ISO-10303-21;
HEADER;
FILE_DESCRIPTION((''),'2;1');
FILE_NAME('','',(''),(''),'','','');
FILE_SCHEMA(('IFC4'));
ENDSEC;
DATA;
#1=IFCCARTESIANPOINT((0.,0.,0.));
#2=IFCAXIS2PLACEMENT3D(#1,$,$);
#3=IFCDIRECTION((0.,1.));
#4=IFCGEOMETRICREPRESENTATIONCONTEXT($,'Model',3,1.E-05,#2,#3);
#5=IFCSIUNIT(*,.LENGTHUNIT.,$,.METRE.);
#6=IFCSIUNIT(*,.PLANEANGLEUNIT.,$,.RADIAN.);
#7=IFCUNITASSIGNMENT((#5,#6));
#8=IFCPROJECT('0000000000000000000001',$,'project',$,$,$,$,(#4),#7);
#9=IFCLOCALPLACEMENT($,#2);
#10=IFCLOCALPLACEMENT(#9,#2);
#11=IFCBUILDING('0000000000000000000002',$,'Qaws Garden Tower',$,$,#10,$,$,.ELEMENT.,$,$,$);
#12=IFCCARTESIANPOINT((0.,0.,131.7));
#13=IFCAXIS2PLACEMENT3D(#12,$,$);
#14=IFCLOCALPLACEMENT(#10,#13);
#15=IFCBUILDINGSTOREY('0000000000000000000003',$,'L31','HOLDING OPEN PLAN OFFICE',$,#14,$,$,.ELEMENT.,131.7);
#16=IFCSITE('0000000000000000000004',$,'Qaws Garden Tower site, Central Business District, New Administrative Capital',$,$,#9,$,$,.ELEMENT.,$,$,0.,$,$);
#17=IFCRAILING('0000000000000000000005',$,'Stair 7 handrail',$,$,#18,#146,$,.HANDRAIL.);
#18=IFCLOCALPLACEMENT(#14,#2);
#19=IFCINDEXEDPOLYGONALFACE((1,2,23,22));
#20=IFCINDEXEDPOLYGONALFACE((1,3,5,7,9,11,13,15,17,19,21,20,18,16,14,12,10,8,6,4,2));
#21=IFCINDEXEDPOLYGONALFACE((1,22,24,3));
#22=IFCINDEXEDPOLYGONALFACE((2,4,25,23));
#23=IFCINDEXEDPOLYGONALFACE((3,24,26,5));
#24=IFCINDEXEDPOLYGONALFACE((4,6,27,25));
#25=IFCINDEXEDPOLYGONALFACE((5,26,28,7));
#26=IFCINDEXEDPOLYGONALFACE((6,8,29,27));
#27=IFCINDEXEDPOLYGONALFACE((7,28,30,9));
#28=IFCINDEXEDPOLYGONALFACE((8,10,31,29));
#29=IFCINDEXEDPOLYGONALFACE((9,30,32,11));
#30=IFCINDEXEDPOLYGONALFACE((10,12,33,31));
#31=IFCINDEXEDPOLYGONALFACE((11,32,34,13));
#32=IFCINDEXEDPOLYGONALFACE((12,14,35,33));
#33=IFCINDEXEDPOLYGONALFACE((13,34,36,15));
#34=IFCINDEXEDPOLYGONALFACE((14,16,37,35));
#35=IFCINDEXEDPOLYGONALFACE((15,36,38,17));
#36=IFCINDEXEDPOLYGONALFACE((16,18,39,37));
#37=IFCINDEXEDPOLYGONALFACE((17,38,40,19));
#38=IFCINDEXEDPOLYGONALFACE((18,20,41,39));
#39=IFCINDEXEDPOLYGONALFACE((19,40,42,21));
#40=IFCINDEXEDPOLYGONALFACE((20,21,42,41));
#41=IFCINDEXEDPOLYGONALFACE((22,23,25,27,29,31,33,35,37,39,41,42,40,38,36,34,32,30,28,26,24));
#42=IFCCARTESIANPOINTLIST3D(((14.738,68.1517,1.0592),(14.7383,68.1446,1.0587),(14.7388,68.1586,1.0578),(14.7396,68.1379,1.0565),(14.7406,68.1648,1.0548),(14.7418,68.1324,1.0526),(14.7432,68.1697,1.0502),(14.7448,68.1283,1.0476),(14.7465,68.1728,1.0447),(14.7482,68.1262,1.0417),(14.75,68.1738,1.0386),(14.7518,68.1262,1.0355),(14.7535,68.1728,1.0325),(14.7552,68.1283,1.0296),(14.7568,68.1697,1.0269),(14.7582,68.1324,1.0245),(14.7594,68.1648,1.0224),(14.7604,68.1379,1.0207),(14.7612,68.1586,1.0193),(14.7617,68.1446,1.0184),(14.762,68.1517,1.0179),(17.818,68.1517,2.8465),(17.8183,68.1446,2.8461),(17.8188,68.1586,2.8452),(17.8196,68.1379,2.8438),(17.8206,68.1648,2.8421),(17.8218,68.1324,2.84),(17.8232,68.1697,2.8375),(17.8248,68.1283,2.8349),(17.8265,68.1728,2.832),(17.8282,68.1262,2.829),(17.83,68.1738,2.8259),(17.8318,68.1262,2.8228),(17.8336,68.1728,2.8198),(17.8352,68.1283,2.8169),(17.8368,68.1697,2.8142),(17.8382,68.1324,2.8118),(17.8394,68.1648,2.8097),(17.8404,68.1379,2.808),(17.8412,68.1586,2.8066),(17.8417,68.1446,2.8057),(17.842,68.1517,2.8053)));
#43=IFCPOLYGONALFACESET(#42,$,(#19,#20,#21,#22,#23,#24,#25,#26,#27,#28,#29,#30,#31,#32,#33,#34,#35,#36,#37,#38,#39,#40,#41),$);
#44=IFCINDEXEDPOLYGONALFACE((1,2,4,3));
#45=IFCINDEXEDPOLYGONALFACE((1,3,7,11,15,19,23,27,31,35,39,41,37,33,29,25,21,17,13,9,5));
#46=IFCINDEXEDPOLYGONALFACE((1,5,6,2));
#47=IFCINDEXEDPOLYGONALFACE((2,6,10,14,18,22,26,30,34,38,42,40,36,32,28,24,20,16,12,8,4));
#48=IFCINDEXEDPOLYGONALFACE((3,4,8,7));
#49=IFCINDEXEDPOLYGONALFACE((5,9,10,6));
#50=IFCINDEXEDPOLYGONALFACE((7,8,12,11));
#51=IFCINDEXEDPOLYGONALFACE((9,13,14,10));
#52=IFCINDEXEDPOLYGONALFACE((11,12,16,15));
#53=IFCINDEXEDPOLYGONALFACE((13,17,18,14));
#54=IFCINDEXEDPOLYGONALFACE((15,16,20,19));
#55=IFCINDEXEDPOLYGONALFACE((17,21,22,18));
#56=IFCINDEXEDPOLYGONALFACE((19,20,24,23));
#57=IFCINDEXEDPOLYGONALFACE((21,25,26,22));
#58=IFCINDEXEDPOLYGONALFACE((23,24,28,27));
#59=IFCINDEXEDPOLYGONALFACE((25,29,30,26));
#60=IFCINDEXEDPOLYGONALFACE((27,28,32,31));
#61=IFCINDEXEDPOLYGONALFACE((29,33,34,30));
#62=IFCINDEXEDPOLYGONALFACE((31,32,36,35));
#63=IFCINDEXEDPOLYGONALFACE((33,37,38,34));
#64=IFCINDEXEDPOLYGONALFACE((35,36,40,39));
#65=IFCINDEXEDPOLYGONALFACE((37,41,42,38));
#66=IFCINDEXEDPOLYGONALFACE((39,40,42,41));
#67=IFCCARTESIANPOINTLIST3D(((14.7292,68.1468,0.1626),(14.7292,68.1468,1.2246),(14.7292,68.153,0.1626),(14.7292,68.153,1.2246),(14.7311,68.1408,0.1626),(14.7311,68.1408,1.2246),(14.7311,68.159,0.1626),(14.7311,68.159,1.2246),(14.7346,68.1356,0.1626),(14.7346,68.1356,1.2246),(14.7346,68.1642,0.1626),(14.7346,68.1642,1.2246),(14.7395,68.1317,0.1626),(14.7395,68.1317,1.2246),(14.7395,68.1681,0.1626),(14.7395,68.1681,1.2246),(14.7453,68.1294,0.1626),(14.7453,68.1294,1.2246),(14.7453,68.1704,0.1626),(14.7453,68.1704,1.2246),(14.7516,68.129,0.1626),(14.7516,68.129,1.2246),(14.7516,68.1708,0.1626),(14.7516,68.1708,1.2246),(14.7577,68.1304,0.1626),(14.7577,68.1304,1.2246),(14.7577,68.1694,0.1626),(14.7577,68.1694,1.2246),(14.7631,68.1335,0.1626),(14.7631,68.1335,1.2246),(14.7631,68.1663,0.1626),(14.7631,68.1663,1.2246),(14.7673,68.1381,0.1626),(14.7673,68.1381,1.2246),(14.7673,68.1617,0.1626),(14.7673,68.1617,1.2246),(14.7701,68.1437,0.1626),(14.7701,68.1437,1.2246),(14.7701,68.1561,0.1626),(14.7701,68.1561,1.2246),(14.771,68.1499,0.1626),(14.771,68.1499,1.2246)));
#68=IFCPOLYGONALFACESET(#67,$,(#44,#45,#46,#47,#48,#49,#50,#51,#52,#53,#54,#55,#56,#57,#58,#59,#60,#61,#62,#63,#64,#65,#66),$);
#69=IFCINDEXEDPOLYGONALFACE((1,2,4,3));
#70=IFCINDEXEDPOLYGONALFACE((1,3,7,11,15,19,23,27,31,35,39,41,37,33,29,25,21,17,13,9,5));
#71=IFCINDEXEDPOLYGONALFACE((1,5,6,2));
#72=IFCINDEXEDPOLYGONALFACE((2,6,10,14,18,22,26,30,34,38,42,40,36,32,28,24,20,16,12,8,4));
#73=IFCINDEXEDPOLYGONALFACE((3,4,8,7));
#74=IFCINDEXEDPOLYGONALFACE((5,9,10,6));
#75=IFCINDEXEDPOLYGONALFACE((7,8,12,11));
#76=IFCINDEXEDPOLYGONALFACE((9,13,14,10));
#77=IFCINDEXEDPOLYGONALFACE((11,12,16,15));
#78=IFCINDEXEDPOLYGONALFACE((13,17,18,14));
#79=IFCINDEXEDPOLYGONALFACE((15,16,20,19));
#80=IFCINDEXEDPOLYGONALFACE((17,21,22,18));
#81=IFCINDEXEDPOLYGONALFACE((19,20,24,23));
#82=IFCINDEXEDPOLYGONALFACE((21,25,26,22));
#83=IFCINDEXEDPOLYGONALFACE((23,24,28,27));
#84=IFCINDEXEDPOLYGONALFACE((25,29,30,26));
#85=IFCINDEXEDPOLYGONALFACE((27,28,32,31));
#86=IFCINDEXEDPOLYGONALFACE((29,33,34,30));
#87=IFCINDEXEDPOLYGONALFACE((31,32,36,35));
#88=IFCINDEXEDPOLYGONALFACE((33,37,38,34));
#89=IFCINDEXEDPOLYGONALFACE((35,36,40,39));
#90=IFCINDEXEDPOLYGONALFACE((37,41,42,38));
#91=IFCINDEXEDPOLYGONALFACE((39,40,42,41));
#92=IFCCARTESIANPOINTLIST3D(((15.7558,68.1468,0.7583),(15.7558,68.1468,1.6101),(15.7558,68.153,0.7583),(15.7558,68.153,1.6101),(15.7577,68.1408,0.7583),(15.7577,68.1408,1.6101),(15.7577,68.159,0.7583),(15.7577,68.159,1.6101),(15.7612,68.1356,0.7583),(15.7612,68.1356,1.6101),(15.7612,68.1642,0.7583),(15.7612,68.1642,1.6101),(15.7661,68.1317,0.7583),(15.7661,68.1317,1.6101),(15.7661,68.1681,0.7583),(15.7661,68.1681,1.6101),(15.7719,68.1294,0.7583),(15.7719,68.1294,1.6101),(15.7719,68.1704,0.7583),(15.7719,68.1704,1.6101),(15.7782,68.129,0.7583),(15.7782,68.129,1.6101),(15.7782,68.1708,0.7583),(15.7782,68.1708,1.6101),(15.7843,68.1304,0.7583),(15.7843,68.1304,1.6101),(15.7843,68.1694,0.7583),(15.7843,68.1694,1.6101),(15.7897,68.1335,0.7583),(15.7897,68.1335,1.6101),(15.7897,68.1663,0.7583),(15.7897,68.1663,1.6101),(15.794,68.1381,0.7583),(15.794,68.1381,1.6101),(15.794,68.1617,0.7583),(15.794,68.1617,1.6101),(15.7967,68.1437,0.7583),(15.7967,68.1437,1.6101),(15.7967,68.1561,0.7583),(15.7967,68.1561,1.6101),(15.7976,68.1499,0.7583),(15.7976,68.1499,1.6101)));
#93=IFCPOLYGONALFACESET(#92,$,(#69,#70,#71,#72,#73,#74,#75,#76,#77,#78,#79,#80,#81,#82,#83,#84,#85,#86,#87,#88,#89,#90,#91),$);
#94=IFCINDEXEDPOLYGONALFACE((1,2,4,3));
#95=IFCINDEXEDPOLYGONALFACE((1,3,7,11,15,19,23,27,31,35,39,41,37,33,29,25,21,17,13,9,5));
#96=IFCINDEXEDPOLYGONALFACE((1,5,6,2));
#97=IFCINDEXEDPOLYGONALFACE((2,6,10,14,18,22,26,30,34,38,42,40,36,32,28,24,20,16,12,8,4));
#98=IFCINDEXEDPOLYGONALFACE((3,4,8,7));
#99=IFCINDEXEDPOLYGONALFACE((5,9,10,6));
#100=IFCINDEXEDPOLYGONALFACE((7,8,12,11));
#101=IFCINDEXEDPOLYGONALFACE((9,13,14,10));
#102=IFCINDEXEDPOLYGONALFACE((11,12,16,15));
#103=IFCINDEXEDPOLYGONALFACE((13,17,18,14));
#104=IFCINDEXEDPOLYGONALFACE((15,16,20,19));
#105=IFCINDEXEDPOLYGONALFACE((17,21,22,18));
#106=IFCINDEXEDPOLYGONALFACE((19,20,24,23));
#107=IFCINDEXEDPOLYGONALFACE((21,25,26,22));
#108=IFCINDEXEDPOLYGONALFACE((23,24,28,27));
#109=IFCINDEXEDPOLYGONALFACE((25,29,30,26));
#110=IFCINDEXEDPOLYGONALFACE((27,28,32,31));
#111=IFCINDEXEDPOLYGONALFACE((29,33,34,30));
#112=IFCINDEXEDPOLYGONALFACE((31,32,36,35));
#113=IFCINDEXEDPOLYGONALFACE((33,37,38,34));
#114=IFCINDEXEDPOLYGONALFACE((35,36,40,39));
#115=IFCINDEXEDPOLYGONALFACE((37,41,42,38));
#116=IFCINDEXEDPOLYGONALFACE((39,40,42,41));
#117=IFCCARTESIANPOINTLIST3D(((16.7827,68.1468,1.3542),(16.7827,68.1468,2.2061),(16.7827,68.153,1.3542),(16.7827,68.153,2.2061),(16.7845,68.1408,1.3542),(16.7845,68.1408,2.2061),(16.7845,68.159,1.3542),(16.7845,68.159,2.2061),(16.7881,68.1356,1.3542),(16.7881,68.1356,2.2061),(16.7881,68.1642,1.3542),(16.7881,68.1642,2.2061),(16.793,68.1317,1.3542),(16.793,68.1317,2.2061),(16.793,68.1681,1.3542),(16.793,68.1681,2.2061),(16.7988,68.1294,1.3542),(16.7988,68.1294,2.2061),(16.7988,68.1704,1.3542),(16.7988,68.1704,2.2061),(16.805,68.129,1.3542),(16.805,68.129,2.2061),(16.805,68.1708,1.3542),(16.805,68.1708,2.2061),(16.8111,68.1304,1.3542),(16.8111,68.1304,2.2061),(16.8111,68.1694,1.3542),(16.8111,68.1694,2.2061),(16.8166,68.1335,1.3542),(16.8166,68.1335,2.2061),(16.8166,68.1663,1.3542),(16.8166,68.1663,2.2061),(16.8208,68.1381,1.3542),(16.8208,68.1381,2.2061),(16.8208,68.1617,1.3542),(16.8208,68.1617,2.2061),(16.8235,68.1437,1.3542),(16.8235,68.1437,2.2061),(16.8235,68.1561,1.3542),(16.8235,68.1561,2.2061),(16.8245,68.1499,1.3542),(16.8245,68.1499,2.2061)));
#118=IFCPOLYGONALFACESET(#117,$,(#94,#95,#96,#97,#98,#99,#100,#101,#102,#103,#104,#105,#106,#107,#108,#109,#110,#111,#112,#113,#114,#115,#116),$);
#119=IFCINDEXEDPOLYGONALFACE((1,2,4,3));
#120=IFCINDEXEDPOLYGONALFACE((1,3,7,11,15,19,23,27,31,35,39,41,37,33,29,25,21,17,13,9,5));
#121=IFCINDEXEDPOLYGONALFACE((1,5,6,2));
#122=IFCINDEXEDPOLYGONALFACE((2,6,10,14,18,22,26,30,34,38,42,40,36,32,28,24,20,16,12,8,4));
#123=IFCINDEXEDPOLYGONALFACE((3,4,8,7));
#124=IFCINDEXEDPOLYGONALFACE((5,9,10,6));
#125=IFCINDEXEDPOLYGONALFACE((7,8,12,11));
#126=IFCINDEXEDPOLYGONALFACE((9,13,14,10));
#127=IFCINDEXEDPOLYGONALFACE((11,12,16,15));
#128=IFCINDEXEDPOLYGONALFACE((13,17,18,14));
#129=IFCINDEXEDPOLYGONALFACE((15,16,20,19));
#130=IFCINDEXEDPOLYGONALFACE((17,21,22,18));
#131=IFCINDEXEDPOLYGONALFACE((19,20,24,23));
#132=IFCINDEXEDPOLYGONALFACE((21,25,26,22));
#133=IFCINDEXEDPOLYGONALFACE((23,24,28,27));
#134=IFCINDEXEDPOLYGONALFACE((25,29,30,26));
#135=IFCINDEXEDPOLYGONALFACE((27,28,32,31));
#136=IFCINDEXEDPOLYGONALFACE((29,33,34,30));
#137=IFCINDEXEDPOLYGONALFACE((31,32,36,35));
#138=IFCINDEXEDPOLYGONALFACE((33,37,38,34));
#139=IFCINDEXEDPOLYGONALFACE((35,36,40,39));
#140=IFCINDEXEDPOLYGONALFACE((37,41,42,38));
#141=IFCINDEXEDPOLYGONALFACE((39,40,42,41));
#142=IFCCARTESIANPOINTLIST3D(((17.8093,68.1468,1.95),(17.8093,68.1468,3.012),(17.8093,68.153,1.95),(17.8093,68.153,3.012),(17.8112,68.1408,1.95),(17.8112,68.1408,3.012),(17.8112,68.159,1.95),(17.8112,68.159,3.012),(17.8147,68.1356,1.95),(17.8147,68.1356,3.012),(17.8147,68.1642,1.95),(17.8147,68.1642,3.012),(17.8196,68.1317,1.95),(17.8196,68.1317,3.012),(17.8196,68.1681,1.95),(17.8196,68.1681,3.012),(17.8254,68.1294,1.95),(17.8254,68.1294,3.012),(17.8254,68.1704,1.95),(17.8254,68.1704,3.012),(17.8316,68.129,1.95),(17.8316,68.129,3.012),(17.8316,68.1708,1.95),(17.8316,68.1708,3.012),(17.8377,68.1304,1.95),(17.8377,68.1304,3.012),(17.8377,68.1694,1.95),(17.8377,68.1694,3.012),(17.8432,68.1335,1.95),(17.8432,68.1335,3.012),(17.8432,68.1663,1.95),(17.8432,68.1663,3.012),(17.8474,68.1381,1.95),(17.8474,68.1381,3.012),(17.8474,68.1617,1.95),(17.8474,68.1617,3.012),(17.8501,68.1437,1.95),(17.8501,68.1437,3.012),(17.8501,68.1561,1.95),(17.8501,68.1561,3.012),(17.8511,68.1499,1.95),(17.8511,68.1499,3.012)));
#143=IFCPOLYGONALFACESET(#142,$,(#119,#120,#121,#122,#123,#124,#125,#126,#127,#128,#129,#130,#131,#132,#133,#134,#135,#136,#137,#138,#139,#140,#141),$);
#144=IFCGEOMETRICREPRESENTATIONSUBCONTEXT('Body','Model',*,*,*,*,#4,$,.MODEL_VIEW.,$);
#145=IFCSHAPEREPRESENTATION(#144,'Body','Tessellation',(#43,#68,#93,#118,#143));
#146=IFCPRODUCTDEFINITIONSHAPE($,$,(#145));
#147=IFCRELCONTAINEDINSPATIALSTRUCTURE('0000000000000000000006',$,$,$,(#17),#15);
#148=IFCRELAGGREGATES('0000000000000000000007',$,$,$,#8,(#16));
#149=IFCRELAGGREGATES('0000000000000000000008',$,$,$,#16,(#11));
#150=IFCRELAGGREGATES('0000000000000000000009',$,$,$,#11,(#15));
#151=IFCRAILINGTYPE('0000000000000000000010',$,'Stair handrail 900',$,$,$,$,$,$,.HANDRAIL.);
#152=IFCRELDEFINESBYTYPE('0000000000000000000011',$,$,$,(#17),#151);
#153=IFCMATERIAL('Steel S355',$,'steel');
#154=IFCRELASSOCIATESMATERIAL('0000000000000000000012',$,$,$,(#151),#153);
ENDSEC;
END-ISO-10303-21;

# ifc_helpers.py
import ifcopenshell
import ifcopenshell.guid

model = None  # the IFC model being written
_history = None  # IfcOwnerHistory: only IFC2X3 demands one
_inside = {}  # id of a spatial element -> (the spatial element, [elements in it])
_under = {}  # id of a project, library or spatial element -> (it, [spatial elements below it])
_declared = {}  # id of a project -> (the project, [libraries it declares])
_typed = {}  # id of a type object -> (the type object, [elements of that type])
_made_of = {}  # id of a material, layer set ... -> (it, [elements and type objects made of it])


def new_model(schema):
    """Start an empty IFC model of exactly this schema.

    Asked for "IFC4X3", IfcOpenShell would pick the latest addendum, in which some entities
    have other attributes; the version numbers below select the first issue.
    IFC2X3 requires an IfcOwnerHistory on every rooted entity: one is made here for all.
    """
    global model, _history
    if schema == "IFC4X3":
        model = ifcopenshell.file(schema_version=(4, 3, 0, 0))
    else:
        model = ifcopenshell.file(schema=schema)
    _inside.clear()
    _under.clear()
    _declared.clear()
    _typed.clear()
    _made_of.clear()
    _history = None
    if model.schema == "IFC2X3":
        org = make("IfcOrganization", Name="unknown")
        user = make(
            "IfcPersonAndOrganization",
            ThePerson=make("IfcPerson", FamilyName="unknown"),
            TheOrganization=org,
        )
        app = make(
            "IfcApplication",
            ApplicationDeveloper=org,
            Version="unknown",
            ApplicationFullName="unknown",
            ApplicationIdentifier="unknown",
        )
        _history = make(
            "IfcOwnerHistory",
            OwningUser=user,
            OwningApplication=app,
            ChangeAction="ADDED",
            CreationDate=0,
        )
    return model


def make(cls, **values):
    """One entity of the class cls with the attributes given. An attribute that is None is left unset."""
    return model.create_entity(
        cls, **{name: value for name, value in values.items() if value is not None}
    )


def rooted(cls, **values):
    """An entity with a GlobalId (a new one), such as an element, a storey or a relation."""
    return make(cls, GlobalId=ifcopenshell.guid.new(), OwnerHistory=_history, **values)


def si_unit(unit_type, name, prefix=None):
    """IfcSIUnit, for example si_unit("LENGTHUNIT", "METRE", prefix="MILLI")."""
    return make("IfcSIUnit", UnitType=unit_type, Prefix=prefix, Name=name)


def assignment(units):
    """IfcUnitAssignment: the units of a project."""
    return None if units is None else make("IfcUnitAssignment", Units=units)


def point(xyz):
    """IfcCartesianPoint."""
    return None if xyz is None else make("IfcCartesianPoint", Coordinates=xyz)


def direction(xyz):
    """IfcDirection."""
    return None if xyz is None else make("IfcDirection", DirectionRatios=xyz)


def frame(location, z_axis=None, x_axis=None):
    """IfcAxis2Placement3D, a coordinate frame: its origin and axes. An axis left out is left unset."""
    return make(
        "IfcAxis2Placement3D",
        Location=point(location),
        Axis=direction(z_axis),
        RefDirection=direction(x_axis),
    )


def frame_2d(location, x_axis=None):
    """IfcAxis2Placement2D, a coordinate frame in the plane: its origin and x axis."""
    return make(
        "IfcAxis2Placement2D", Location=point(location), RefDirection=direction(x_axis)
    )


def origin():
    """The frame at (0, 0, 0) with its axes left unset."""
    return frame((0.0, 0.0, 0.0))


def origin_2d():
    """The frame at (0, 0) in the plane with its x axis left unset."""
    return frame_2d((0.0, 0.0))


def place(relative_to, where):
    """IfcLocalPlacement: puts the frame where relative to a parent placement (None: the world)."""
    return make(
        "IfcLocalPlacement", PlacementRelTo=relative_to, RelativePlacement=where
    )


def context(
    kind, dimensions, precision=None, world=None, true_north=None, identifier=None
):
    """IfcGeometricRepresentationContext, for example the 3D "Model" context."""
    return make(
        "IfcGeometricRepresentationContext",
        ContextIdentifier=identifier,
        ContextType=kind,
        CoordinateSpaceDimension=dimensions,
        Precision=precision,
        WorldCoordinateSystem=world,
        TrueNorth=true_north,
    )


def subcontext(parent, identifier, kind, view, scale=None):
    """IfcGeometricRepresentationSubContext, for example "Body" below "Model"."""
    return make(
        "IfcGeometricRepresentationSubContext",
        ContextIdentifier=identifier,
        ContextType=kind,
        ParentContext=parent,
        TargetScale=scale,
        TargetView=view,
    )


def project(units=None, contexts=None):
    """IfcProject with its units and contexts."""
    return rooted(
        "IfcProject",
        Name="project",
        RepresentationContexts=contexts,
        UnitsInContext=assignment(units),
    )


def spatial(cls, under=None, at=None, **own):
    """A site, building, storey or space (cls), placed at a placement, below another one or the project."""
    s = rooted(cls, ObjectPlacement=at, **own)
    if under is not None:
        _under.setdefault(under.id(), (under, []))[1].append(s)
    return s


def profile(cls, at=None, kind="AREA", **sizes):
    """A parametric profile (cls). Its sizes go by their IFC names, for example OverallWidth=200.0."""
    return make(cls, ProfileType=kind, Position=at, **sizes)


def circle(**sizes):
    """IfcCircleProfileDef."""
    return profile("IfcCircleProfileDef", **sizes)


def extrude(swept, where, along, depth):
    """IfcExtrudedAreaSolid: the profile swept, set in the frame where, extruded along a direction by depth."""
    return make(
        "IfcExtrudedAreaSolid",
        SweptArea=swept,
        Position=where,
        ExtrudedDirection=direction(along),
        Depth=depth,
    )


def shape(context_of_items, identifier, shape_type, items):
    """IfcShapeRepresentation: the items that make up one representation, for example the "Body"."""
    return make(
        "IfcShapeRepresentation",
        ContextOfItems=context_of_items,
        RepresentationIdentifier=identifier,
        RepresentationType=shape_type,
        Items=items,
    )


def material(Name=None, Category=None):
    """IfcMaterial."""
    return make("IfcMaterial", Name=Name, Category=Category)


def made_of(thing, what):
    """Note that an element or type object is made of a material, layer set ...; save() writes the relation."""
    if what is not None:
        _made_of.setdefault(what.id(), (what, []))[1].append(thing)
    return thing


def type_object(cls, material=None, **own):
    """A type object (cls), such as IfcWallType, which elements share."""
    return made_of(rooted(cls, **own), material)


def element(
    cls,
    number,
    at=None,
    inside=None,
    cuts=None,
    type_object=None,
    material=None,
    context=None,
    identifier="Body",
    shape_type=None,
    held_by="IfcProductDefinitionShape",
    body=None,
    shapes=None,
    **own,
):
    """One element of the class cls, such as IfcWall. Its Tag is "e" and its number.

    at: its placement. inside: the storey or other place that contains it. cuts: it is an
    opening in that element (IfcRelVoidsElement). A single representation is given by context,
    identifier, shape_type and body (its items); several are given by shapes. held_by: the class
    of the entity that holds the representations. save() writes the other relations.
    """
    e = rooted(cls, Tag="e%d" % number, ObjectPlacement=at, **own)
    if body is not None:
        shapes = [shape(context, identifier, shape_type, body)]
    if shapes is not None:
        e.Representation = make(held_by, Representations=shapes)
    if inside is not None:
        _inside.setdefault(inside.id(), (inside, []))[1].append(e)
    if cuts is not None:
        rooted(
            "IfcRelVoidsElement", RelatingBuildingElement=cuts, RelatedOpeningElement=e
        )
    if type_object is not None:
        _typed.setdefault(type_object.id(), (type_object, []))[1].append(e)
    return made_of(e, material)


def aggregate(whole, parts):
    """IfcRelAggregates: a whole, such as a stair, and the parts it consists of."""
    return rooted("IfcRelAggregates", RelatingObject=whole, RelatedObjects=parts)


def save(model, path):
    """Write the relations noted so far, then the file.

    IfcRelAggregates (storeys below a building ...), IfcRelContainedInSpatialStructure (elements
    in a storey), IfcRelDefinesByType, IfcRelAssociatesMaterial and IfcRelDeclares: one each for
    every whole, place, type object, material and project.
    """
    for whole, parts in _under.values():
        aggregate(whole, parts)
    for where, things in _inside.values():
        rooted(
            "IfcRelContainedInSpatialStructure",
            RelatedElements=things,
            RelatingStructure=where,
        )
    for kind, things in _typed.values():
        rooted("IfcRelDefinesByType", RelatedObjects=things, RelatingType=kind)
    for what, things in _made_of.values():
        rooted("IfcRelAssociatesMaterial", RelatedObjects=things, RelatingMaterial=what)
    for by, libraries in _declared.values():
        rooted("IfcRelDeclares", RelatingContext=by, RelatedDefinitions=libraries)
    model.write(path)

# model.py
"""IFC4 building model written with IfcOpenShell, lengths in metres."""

from ifc_helpers import new_model, si_unit, direction, frame, origin, origin_2d, place, context, subcontext, project, spatial, circle, extrude, material, type_object, element, save


model = new_model("IFC4")

# Units and contexts
model_context = context("Model", 3, precision=1e-05, world=origin(), true_north=direction((0.0, 1.0)))
body_context = subcontext(model_context, "Body", "Model", "MODEL_VIEW")
ifc_project = project(units=[si_unit("LENGTHUNIT", "METRE"), si_unit("PLANEANGLEUNIT", "RADIAN")], contexts=[model_context])

# Site, building, storey
site_placement = place(None, origin())
site = spatial("IfcSite", under=ifc_project, at=site_placement, Name="Qaws Garden Tower site, Central Business District, New Administrative Capital", CompositionType="ELEMENT", RefElevation=0.0)
building_placement = place(site_placement, origin())
building = spatial("IfcBuilding", under=site, at=building_placement, Name="Qaws Garden Tower", CompositionType="ELEMENT")
storey_placement = place(building_placement, frame((0.0, 0.0, 131.7)))
storey = spatial("IfcBuildingStorey", under=building, at=storey_placement, Name="L31", Description="HOLDING OPEN PLAN OFFICE", CompositionType="ELEMENT", Elevation=131.7)

# Railing
ifc_material_1 = material(Name="Steel S355", Category="steel")
railing_type = type_object("IfcRailingType", Name="Stair handrail 900", PredefinedType="HANDRAIL", material=ifc_material_1)
railing_1_placement = place(storey_placement, frame((14.75, 68.1499, 0.1626)))
element("IfcRailing", 1, at=railing_1_placement, inside=storey, type_object=railing_type, Name="Stair 7 handrail", PredefinedType="HANDRAIL", context=body_context, shape_type="SweptSolid", body=[
    extrude(circle(Radius=0.0239, at=origin_2d()), frame((0.0, 0.0, 0.876), z_axis=(0.86492, 0.0, 0.501909), x_axis=(0.0, 1.0, 0.0)), (0.0, 0.0, 1.0), 3.561),
    extrude(circle(Radius=0.021, at=origin_2d()), origin(), (0.0, 0.0, 1.0), 1.062),
    extrude(circle(Radius=0.021, at=origin_2d()), frame((1.0266, 0.0, 0.5957)), (0.0, 0.0, 1.0), 0.8518),
    extrude(circle(Radius=0.021, at=origin_2d()), frame((2.0535, 0.0, 1.1917)), (0.0, 0.0, 1.0), 0.8518),
    extrude(circle(Radius=0.021, at=origin_2d()), frame((3.0801, 0.0, 1.7874)), (0.0, 0.0, 1.0), 1.062),
])

save(model, "model.ifc")
